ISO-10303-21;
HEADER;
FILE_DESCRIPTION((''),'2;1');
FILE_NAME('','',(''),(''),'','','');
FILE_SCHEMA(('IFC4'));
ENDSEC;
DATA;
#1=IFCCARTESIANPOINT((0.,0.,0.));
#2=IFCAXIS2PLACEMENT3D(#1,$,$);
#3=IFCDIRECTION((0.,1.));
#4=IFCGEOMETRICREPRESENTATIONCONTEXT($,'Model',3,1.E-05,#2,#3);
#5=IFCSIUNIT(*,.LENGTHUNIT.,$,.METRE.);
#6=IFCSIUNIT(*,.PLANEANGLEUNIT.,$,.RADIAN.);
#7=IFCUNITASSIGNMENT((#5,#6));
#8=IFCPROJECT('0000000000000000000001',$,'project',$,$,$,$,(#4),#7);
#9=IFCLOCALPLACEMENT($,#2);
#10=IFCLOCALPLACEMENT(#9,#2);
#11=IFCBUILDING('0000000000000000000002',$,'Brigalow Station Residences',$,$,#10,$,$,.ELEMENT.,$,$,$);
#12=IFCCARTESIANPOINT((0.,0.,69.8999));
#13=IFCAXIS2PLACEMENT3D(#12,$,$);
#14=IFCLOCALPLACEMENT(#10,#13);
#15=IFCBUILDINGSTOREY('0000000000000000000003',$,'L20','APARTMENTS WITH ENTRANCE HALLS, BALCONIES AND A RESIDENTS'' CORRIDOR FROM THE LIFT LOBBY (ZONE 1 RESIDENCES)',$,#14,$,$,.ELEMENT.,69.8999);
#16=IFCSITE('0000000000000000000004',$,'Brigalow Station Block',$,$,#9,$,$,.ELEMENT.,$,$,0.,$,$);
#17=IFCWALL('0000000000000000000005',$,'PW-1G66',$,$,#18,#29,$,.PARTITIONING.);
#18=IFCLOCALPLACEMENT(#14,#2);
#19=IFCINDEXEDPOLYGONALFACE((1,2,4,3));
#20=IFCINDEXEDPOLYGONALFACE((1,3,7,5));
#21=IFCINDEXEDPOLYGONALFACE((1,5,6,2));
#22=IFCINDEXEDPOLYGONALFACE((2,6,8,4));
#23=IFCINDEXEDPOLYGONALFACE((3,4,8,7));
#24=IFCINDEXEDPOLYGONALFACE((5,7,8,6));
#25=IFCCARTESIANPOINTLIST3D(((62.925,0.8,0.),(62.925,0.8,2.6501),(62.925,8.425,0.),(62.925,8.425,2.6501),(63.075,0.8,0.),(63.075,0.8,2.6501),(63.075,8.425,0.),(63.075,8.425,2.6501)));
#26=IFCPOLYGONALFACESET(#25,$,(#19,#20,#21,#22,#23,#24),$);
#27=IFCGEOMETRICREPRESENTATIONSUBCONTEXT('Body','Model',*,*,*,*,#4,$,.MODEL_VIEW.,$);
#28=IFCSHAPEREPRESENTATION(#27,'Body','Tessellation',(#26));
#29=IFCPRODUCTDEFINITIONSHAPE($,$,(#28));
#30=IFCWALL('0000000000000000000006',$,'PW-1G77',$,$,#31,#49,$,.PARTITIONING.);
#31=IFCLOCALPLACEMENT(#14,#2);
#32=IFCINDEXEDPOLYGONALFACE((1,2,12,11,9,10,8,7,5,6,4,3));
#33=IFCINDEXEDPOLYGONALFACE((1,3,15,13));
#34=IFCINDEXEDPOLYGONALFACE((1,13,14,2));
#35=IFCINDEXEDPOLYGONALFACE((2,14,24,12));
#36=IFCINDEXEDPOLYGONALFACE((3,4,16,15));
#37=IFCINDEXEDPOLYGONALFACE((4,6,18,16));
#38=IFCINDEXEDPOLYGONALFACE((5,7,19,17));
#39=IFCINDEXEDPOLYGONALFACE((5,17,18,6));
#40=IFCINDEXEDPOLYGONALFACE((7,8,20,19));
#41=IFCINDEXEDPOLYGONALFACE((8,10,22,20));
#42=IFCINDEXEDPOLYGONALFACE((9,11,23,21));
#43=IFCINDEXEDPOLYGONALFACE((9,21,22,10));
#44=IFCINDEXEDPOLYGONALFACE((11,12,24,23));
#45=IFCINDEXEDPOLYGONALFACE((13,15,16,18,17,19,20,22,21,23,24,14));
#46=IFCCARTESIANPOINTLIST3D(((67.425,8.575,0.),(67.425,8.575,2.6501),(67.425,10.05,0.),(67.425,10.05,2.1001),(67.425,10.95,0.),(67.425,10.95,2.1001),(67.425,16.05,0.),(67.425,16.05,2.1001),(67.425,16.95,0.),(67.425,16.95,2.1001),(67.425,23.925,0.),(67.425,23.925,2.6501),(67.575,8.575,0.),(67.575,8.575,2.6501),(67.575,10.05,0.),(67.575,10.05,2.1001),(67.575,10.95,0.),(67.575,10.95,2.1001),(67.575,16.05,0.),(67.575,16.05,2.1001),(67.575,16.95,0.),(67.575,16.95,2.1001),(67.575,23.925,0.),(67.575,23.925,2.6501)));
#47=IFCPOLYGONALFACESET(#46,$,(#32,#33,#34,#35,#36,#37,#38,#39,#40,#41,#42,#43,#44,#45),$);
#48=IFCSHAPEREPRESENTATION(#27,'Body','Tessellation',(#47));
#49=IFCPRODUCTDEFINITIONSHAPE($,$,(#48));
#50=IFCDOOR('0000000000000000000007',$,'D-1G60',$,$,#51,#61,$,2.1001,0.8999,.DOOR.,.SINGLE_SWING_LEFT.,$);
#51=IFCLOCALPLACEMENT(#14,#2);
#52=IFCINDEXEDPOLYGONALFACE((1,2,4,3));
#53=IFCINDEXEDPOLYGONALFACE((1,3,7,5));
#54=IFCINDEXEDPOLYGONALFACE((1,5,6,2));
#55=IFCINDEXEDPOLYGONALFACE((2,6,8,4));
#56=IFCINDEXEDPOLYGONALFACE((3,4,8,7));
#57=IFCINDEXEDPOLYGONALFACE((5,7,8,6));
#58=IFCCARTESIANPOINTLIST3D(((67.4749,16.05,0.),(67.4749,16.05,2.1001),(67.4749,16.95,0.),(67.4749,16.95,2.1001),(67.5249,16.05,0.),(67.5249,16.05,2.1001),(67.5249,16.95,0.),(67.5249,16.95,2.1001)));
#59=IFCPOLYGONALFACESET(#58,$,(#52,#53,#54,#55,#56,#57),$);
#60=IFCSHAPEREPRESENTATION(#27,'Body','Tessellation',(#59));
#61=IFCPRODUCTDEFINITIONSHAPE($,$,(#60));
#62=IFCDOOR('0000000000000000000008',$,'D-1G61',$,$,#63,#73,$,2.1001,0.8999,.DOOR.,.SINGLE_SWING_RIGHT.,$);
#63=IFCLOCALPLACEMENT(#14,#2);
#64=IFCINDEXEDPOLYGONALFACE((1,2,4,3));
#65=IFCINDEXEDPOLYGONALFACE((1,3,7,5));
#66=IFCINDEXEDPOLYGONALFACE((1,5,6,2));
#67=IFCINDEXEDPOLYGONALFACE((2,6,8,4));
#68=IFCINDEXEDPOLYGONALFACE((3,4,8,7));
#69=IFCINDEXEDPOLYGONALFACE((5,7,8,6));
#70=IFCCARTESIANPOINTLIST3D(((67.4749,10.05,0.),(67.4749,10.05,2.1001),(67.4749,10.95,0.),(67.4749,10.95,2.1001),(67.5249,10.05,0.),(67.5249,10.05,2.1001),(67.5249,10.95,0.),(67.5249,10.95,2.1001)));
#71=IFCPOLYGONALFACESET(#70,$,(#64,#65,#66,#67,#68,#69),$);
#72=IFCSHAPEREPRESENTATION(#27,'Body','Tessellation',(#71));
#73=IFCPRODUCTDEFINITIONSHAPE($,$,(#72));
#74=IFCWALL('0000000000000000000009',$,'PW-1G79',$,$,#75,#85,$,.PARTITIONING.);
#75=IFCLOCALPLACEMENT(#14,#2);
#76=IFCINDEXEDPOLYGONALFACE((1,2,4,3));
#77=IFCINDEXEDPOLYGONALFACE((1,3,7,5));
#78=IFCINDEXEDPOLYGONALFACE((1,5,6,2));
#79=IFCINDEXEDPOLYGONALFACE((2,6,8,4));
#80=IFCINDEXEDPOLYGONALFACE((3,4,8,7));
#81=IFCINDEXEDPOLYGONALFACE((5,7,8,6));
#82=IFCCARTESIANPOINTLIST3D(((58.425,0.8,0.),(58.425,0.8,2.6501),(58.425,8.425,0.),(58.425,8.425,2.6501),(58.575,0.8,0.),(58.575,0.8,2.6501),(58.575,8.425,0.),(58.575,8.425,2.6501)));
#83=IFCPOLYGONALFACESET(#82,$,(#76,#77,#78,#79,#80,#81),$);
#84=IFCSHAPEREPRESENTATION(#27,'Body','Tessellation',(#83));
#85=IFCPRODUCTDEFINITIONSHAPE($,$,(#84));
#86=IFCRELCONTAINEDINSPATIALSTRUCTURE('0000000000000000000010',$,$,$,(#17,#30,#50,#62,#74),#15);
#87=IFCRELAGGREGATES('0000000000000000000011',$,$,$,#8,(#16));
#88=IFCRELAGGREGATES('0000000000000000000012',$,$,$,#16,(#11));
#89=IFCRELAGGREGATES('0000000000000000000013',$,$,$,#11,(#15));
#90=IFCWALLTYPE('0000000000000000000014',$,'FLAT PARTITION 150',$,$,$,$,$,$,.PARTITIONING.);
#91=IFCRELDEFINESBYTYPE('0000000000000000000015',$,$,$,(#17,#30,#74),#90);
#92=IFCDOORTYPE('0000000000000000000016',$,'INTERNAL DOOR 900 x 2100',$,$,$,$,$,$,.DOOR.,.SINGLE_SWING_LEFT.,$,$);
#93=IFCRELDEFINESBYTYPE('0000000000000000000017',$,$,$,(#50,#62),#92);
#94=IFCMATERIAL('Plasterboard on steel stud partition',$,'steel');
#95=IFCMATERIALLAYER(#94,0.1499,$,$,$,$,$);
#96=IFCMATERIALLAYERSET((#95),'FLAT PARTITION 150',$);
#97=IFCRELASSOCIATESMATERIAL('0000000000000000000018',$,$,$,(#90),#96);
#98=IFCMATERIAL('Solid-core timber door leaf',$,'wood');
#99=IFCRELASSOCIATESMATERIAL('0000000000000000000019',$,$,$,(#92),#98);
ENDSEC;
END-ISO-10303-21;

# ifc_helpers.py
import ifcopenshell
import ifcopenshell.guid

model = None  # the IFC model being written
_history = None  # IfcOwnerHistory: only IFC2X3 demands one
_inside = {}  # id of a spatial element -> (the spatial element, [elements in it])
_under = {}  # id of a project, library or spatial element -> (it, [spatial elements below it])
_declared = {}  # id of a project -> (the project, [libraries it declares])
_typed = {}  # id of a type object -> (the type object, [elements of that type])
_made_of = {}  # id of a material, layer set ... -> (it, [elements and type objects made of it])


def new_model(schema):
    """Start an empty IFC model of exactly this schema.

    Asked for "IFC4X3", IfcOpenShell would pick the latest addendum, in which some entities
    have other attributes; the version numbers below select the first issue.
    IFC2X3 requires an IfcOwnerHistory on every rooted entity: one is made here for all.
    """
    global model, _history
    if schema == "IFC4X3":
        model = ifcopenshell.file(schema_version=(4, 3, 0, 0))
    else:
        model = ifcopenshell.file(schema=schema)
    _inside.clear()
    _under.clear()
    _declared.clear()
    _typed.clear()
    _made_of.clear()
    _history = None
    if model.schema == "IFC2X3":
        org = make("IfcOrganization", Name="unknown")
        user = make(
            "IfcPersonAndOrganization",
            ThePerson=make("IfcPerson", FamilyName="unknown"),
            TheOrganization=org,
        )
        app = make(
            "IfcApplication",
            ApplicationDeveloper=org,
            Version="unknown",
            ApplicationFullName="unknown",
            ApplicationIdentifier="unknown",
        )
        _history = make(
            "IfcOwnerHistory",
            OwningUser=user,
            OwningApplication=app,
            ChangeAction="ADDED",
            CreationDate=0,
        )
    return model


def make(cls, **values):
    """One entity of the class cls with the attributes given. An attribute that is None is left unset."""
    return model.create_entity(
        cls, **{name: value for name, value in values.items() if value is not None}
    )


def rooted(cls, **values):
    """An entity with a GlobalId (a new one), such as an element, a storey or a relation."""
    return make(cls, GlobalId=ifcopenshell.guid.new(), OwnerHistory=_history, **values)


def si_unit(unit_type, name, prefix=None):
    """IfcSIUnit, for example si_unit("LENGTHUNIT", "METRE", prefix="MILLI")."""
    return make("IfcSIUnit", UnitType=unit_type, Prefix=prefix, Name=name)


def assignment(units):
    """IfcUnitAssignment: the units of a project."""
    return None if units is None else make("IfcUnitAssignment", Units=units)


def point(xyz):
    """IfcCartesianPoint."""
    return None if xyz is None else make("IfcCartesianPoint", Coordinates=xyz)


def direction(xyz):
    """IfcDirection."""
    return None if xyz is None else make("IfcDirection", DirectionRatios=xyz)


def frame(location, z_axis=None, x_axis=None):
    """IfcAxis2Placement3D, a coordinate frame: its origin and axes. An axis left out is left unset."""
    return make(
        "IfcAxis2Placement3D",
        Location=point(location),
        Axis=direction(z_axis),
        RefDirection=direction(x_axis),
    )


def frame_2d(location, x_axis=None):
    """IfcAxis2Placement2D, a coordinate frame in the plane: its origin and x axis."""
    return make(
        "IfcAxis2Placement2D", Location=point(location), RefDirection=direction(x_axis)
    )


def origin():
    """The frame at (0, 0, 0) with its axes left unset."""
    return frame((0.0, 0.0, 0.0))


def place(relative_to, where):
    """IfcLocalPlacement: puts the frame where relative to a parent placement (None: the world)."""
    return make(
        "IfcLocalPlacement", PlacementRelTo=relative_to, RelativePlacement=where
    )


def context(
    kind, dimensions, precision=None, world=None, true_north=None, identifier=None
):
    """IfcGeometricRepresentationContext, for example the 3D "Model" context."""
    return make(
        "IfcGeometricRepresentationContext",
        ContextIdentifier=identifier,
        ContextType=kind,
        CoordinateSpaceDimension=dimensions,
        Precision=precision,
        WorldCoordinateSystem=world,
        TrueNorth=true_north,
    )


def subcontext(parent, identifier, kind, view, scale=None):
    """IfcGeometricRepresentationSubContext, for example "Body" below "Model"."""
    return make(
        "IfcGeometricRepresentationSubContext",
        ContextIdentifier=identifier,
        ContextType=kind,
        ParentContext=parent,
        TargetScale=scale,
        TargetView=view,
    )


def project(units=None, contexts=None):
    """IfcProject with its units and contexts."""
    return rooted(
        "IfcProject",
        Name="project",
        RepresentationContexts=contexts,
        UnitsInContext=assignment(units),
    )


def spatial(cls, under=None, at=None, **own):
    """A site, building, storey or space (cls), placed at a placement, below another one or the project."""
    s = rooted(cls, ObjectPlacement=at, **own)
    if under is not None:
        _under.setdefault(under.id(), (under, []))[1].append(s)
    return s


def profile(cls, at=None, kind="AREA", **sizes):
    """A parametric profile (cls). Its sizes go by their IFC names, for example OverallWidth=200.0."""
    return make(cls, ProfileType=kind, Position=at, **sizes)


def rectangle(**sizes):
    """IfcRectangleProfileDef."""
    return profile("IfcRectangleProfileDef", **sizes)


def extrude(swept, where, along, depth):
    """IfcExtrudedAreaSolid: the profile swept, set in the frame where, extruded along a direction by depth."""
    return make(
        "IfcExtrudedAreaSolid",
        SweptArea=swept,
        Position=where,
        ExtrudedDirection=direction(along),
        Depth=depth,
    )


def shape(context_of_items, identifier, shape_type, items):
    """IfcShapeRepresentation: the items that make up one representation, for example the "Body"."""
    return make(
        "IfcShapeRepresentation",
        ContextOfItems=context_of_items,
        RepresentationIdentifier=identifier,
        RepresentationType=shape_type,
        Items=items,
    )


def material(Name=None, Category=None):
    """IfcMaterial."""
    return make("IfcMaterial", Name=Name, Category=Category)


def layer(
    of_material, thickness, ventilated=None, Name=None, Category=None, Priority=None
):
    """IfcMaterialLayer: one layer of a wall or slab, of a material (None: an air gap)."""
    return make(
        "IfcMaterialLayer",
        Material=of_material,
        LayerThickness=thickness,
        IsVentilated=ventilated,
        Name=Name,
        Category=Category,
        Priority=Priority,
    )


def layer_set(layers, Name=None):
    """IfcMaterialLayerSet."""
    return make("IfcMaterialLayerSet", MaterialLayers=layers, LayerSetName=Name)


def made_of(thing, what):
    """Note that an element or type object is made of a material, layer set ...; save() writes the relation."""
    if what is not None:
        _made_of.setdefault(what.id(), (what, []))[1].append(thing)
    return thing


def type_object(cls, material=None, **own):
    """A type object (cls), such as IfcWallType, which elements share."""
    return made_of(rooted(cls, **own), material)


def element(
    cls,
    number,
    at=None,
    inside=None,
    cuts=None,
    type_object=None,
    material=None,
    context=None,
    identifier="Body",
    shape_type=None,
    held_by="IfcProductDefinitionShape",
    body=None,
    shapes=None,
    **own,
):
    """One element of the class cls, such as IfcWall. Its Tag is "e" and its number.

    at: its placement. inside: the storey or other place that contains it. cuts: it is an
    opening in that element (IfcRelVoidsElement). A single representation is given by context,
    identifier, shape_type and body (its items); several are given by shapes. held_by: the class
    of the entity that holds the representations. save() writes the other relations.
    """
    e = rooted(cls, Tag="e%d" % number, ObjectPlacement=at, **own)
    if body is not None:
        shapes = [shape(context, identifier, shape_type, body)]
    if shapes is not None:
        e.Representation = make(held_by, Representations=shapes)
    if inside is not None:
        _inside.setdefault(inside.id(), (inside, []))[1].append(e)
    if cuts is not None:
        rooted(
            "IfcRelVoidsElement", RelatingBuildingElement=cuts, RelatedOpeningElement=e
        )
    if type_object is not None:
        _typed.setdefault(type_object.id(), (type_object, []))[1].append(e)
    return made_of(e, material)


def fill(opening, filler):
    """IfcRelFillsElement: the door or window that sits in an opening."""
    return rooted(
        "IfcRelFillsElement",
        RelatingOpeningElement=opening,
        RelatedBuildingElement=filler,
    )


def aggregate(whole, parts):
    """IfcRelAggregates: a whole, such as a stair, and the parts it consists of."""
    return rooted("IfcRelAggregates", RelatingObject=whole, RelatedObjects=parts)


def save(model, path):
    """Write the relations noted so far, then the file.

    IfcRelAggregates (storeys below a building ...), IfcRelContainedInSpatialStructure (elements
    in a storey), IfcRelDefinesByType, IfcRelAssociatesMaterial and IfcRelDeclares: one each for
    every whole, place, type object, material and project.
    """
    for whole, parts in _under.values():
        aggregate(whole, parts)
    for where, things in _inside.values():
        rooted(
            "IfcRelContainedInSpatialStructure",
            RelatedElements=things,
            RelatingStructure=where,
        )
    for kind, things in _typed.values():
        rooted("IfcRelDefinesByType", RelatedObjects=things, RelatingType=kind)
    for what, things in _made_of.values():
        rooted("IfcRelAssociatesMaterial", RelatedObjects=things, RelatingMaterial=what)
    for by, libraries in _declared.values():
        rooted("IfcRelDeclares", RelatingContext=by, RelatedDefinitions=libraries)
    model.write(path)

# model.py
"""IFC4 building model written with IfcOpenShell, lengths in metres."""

from ifc_helpers import new_model, si_unit, direction, frame, frame_2d, origin, place, context, subcontext, project, spatial, rectangle, extrude, material, layer, layer_set, type_object, element, fill, save


model = new_model("IFC4")

# Units and contexts
model_context = context("Model", 3, precision=1e-05, world=origin(), true_north=direction((0.0, 1.0)))
body_context = subcontext(model_context, "Body", "Model", "MODEL_VIEW")
ifc_project = project(units=[si_unit("LENGTHUNIT", "METRE"), si_unit("PLANEANGLEUNIT", "RADIAN")], contexts=[model_context])

# Site, building, storey
site_placement = place(None, origin())
site = spatial("IfcSite", under=ifc_project, at=site_placement, Name="Brigalow Station Block", CompositionType="ELEMENT", RefElevation=0.0)
building_placement = place(site_placement, origin())
building = spatial("IfcBuilding", under=site, at=building_placement, Name="Brigalow Station Residences", CompositionType="ELEMENT")
storey_placement = place(building_placement, frame((0.0, 0.0, 69.8999)))
storey = spatial("IfcBuildingStorey", under=building, at=storey_placement, Name="L20", Description="APARTMENTS WITH ENTRANCE HALLS, BALCONIES AND A RESIDENTS' CORRIDOR FROM THE LIFT LOBBY (ZONE 1 RESIDENCES)", CompositionType="ELEMENT", Elevation=69.8999)

# Wall
ifc_material_1 = material(Name="Plasterboard on steel stud partition", Category="steel")
ifc_layer_1 = layer(ifc_material_1, 0.1499)
ifc_layer_set_1 = layer_set([ifc_layer_1], Name="FLAT PARTITION 150")
wall_type_1 = type_object("IfcWallType", Name="FLAT PARTITION 150", PredefinedType="PARTITIONING", material=ifc_layer_set_1)
wall_1_placement = place(storey_placement, frame((63.0, 0.8, 0.0), z_axis=(0.0, 0.0, 1.0), x_axis=(0.0, 1.0, 0.0)))
element("IfcWall", 1, at=wall_1_placement, inside=storey, type_object=wall_type_1, Name="PW-1G66", PredefinedType="PARTITIONING", context=body_context, shape_type="SweptSolid", body=[
    extrude(rectangle(XDim=7.625, YDim=0.1499, at=frame_2d((3.8125, 0.0))), origin(), (0.0, 0.0, 1.0), 2.6501),
])

# Wall, openings, doors
wall_2_placement = place(storey_placement, frame((67.5, 8.575, 0.0), z_axis=(0.0, 0.0, 1.0), x_axis=(0.0, 1.0, 0.0)))
wall_2 = element("IfcWall", 2, at=wall_2_placement, inside=storey, type_object=wall_type_1, Name="PW-1G77", PredefinedType="PARTITIONING", context=body_context, shape_type="SweptSolid", body=[
    extrude(rectangle(XDim=15.3501, YDim=0.1499, at=frame_2d((7.675, 0.0))), origin(), (0.0, 0.0, 1.0), 2.6501),
])
opening_1_placement = place(wall_2_placement, frame((7.4751, 0.0, 0.0)))
opening_1 = element("IfcOpeningElement", 3, at=opening_1_placement, cuts=wall_2, PredefinedType="OPENING", context=body_context, shape_type="SweptSolid", body=[
    extrude(rectangle(XDim=0.8999, YDim=2.1001, at=frame_2d((0.45, 1.05))), frame((0.0, 0.085, 0.0), z_axis=(0.0, -1.0, 0.0), x_axis=(1.0, 0.0, 0.0)), (0.0, 0.0, 1.0), 0.1699),
])
opening_2_placement = place(wall_2_placement, frame((1.4751, 0.0, 0.0)))
opening_2 = element("IfcOpeningElement", 4, at=opening_2_placement, cuts=wall_2, PredefinedType="OPENING", context=body_context, shape_type="SweptSolid", body=[
    extrude(rectangle(XDim=0.8999, YDim=2.1001, at=frame_2d((0.45, 1.05))), frame((0.0, 0.085, 0.0), z_axis=(0.0, -1.0, 0.0), x_axis=(1.0, 0.0, 0.0)), (0.0, 0.0, 1.0), 0.1699),
])
ifc_material_2 = material(Name="Solid-core timber door leaf", Category="wood")
door_type = type_object("IfcDoorType", Name="INTERNAL DOOR 900 x 2100", OperationType="SINGLE_SWING_LEFT", PredefinedType="DOOR", material=ifc_material_2)
door_1_placement = place(opening_1_placement, frame((0.8999, 0.0, 0.0), z_axis=(0.0, 0.0, 1.0), x_axis=(-1.0, 0.0, 0.0)))
door_1 = element("IfcDoor", 5, at=door_1_placement, inside=storey, type_object=door_type, Name="D-1G60", OperationType="SINGLE_SWING_LEFT", OverallHeight=2.1001, OverallWidth=0.8999, PredefinedType="DOOR", context=body_context, shape_type="SweptSolid", body=[
    extrude(rectangle(XDim=0.8999, YDim=2.1001, at=frame_2d((0.45, 1.05))), frame((0.0, 0.0249, 0.0), z_axis=(0.0, -1.0, 0.0), x_axis=(1.0, 0.0, 0.0)), (0.0, 0.0, 1.0), 0.05),
])
fill(opening_1, door_1)
door_2_placement = place(opening_2_placement, frame((0.8999, 0.0, 0.0), z_axis=(0.0, 0.0, 1.0), x_axis=(-1.0, 0.0, 0.0)))
door_2 = element("IfcDoor", 6, at=door_2_placement, inside=storey, type_object=door_type, Name="D-1G61", OperationType="SINGLE_SWING_RIGHT", OverallHeight=2.1001, OverallWidth=0.8999, PredefinedType="DOOR", context=body_context, shape_type="SweptSolid", body=[
    extrude(rectangle(XDim=0.8999, YDim=2.1001, at=frame_2d((0.45, 1.05))), frame((0.0, 0.0249, 0.0), z_axis=(0.0, -1.0, 0.0), x_axis=(1.0, 0.0, 0.0)), (0.0, 0.0, 1.0), 0.05),
])
fill(opening_2, door_2)

# Wall
wall_3_placement = place(storey_placement, frame((58.5, 0.8, 0.0), z_axis=(0.0, 0.0, 1.0), x_axis=(0.0, 1.0, 0.0)))
element("IfcWall", 7, at=wall_3_placement, inside=storey, type_object=wall_type_1, Name="PW-1G79", PredefinedType="PARTITIONING", context=body_context, shape_type="SweptSolid", body=[
    extrude(rectangle(XDim=7.625, YDim=0.1499, at=frame_2d((3.8125, 0.0))), origin(), (0.0, 0.0, 1.0), 2.6501),
])

save(model, "model.ifc")
